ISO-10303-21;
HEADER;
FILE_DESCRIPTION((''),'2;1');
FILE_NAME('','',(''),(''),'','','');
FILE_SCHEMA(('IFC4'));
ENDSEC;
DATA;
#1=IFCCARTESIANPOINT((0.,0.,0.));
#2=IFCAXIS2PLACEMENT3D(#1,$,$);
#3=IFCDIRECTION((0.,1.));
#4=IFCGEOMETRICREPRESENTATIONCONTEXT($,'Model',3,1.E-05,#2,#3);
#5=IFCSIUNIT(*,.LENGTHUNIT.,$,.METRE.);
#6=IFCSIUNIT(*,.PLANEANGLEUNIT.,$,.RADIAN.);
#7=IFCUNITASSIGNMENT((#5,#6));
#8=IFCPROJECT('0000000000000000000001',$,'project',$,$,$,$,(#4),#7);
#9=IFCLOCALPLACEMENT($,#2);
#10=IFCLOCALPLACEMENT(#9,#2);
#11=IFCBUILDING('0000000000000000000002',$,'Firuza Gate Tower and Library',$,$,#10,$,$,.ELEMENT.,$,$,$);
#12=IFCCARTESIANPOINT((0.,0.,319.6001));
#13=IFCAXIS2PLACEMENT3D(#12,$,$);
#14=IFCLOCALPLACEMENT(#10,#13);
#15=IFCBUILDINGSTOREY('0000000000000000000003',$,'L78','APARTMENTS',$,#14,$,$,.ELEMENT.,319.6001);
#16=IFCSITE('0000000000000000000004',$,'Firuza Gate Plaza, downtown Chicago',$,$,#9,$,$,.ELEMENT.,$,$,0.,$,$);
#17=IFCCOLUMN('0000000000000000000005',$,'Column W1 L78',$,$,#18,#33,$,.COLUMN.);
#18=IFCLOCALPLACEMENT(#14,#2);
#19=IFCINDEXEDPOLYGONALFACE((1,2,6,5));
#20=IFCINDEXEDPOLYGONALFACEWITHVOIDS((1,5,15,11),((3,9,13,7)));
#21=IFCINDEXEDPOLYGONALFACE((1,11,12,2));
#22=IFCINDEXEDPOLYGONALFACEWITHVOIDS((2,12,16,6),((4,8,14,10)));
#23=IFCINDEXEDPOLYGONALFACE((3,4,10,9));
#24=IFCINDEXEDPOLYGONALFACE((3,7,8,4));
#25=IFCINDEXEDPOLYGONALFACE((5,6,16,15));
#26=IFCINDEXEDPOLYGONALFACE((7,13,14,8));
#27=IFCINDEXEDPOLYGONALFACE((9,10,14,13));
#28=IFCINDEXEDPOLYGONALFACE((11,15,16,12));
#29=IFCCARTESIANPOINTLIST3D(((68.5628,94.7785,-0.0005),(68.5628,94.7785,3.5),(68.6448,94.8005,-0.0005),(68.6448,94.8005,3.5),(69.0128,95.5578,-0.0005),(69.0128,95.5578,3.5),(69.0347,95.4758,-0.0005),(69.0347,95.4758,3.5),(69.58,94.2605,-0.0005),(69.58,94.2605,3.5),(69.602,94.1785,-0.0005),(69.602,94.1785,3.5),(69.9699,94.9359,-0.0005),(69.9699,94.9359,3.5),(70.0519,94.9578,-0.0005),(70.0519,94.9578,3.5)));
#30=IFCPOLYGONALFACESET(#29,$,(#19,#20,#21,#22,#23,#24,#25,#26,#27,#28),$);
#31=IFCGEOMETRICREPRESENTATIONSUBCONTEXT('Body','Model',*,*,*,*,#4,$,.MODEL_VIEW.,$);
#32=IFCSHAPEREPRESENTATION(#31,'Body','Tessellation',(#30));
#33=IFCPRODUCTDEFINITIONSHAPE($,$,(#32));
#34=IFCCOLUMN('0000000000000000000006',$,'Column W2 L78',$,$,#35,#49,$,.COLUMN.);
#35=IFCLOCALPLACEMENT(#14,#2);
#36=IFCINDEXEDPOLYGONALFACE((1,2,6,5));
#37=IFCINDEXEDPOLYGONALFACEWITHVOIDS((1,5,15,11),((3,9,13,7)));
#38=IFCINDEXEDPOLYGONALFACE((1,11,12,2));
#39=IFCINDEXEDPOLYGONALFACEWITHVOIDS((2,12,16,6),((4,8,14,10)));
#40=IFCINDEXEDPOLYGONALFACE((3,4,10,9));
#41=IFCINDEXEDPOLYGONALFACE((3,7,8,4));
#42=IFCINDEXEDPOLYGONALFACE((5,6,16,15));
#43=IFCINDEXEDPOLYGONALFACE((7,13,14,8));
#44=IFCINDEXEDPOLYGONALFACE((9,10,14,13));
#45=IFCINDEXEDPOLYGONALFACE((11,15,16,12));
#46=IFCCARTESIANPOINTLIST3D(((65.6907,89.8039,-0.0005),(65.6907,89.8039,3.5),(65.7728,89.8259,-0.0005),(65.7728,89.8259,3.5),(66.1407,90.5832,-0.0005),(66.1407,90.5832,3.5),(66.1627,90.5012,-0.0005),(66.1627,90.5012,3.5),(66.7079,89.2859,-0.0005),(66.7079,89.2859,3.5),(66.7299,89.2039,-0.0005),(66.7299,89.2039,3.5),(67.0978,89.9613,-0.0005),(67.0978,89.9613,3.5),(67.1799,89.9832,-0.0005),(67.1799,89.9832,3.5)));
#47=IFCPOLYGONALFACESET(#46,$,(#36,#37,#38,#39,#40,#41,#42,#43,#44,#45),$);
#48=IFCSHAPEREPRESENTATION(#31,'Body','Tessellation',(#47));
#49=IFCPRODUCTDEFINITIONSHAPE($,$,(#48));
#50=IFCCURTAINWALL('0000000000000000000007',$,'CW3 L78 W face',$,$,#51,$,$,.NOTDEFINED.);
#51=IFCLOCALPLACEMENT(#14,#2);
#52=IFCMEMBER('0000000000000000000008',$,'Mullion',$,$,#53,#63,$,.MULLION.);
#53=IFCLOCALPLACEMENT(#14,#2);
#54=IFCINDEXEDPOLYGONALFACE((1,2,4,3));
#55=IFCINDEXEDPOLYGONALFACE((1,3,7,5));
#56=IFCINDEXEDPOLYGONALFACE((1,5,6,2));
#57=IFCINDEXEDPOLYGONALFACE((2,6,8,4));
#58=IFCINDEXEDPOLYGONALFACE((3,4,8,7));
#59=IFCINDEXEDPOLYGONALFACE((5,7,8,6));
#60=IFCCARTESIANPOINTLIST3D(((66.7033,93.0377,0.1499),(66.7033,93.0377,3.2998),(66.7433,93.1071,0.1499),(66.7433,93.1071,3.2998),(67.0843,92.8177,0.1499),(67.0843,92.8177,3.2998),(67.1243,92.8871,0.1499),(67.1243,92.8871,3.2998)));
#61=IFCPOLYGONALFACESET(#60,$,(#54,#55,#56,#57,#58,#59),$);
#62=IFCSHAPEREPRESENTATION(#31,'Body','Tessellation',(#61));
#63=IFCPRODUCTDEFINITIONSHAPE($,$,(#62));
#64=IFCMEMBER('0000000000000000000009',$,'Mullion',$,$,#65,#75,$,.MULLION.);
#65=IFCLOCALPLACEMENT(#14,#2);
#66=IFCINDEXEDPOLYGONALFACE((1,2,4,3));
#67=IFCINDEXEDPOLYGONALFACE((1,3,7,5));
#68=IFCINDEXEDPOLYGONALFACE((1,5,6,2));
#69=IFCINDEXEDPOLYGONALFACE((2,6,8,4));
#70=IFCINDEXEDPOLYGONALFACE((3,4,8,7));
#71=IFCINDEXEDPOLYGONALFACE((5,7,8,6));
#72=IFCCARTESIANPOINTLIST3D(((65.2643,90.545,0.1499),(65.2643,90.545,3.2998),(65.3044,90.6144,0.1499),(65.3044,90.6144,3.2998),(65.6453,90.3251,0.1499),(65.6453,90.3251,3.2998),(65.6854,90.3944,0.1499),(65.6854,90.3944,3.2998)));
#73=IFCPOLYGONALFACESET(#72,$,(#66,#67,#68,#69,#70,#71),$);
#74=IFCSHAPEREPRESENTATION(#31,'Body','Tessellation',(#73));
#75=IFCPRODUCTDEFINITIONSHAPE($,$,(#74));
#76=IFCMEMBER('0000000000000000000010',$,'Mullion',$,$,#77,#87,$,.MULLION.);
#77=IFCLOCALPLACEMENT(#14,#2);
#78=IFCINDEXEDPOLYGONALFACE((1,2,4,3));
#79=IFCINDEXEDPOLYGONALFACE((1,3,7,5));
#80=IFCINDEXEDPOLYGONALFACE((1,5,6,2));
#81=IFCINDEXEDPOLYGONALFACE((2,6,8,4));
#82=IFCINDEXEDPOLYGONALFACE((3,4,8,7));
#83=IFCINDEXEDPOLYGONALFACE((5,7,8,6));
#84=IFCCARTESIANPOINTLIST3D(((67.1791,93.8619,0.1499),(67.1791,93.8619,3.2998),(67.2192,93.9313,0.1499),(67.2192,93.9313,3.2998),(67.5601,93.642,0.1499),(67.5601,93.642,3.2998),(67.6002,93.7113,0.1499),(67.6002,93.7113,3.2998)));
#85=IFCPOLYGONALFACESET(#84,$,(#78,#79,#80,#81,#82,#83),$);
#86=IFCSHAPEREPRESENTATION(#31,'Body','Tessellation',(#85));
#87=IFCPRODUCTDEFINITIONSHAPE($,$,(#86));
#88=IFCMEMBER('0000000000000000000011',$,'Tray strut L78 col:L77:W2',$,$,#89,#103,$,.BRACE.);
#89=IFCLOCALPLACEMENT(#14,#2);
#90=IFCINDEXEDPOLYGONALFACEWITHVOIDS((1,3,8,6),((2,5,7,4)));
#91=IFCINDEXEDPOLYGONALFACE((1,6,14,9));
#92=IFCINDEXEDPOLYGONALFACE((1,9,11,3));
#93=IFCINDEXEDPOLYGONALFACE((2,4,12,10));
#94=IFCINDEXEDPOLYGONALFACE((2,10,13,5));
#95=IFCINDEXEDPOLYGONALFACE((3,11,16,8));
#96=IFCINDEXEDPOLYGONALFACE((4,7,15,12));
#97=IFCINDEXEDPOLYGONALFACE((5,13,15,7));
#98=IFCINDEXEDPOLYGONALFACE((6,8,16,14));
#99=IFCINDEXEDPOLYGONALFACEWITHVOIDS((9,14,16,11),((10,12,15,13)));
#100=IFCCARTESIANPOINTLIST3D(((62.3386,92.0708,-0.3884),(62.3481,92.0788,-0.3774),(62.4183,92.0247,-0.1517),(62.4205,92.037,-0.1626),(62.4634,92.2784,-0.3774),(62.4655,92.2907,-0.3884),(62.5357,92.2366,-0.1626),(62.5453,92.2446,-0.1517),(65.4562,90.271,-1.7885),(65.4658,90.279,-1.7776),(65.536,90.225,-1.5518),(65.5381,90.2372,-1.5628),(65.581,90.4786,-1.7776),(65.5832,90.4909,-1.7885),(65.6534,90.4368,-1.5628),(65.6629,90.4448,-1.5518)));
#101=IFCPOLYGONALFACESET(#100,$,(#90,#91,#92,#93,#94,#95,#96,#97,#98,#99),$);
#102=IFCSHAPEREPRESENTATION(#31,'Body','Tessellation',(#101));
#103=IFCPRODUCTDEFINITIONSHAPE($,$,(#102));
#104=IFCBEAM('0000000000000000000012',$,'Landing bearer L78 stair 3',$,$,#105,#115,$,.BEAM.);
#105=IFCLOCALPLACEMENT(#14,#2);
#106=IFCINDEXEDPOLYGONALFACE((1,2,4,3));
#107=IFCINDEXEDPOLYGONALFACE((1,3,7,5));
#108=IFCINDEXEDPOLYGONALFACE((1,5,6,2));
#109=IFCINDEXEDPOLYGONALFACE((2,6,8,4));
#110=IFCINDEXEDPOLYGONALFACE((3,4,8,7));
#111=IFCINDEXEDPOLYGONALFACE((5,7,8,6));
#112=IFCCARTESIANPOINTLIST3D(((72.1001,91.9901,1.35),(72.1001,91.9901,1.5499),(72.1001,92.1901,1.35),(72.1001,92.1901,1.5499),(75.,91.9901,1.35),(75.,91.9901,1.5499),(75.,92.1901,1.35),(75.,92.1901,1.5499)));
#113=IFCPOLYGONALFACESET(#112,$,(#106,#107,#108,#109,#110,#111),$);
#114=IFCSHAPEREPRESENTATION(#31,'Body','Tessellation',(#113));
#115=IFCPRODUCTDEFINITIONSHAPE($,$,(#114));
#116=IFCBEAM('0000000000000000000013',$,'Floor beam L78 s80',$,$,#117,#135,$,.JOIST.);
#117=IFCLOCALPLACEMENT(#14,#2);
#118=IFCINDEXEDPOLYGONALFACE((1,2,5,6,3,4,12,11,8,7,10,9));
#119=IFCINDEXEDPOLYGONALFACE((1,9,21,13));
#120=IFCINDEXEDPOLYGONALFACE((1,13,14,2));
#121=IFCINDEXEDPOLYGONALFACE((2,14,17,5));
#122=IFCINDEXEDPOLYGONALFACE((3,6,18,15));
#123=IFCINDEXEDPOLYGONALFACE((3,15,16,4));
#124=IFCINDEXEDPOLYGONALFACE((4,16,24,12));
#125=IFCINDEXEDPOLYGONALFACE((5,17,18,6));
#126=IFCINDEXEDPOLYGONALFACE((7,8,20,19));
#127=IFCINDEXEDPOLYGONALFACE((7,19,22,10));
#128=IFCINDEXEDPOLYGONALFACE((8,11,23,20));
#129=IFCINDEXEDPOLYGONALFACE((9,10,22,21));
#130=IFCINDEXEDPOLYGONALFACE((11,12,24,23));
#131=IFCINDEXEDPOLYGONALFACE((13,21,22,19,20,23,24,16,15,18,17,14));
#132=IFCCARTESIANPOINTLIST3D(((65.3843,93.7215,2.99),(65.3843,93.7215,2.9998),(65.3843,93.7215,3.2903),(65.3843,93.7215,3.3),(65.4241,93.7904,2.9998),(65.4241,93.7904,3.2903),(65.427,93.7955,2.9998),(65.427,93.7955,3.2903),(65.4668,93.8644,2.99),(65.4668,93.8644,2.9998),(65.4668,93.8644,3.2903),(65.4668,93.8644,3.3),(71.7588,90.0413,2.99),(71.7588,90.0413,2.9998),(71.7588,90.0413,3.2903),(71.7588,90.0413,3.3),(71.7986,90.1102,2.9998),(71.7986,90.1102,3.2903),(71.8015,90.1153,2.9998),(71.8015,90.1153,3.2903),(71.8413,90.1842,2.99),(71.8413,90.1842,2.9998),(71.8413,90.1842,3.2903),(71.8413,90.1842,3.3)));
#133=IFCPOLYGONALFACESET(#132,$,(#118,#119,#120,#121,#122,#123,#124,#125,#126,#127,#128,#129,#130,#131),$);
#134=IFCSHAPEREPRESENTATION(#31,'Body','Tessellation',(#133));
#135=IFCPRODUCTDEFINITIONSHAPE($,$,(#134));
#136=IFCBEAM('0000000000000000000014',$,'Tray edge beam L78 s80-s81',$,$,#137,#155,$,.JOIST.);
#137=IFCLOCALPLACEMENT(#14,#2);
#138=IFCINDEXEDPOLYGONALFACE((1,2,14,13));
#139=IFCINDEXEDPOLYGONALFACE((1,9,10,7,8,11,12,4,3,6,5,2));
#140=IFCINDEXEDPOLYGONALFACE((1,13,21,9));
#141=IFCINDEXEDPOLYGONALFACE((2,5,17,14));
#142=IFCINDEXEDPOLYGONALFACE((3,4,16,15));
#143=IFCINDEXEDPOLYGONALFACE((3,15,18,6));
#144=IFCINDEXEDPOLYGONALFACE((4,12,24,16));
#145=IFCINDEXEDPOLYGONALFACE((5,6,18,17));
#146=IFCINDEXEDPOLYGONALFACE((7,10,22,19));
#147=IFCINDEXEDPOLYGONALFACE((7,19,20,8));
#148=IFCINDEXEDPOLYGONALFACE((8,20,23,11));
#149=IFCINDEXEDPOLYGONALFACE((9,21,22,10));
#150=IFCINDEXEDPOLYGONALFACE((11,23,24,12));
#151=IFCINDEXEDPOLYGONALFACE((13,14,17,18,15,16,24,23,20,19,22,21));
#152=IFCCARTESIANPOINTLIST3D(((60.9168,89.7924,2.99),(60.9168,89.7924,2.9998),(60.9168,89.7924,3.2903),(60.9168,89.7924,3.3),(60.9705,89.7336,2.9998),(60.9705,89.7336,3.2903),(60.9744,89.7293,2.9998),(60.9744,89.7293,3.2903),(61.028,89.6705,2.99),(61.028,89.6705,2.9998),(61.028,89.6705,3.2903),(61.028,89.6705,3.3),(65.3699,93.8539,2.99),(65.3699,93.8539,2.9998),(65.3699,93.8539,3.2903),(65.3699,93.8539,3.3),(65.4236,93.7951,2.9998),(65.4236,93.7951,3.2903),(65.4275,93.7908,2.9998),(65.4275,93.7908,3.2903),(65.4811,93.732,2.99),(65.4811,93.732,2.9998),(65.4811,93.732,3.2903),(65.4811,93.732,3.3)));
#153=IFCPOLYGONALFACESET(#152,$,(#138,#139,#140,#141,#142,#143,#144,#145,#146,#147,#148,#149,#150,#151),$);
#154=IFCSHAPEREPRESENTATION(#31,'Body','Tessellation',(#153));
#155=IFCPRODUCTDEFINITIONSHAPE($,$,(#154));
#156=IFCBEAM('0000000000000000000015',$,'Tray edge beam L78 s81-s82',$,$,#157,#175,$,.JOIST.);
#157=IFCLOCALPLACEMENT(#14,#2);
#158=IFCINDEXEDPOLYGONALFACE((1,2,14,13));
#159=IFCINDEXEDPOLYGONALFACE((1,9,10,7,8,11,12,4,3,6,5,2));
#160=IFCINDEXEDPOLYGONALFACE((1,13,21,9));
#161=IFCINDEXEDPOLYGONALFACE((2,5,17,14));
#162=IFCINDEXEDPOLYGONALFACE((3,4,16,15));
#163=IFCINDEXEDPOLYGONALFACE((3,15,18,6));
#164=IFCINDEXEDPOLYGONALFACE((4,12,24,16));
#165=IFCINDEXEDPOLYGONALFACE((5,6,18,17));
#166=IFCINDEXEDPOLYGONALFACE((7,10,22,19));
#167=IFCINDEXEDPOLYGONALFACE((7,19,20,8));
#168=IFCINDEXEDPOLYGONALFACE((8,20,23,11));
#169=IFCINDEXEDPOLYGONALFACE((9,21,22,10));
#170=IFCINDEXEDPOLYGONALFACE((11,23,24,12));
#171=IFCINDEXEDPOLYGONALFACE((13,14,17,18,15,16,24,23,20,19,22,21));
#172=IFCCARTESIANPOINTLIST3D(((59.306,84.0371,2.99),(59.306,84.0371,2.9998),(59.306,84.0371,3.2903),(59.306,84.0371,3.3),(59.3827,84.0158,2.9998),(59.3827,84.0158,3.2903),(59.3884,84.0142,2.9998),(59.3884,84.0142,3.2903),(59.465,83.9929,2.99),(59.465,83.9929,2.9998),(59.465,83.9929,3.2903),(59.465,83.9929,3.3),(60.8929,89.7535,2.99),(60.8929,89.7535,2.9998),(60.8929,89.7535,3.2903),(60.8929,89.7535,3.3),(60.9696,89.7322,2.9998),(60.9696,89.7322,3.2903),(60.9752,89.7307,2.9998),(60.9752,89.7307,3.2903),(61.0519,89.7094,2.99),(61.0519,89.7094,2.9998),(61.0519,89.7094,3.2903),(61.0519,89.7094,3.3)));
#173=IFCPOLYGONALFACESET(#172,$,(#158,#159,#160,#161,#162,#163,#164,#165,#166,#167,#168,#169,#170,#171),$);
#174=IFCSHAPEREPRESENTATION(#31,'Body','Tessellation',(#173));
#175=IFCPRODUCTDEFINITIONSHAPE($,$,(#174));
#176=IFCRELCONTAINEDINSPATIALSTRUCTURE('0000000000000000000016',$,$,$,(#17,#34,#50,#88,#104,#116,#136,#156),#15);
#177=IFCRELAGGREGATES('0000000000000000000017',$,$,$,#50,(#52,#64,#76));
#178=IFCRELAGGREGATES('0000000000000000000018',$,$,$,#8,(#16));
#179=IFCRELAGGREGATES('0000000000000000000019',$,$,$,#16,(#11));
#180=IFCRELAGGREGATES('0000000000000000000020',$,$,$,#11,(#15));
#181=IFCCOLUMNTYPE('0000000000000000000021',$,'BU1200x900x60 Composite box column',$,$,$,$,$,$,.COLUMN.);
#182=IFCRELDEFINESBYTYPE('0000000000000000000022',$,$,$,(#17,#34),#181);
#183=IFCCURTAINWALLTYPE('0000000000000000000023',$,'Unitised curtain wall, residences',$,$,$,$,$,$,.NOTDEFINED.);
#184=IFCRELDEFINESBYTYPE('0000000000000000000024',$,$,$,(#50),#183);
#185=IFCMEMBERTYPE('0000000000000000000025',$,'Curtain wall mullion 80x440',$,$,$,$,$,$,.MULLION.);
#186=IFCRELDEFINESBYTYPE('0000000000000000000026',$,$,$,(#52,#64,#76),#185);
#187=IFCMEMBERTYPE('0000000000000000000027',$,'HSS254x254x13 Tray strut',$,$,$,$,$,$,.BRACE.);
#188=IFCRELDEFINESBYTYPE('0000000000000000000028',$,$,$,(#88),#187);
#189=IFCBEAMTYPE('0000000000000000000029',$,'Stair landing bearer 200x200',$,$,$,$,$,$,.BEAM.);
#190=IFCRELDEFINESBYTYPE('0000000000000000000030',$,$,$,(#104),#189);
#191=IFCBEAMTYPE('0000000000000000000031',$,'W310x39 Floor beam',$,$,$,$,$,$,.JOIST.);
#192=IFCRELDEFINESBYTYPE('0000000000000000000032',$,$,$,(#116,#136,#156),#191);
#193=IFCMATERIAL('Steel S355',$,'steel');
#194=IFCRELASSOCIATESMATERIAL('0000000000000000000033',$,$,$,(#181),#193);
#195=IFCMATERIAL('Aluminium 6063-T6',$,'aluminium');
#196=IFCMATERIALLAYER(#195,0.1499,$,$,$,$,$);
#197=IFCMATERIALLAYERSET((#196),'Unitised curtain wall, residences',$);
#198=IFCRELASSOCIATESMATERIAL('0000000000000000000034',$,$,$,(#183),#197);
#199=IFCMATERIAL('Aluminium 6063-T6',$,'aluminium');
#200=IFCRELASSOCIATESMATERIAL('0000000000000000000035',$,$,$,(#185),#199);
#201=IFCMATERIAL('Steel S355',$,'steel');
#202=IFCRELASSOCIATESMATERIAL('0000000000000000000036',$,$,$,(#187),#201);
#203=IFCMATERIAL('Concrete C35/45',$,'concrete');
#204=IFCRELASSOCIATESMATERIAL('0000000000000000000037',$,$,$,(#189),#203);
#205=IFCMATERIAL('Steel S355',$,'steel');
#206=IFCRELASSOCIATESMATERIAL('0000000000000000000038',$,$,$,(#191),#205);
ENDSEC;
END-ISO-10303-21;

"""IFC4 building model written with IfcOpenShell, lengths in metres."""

from ifc_helpers import new_model, si_unit, direction, frame, origin, origin_2d, place, context, subcontext, project, spatial, rectangle, hollow_rectangle, i_section, extrude, material, layer, layer_set, material_profile, profile_set, type_object, element, aggregate, save


model = new_model("IFC4")

# Units and contexts
model_context = context("Model", 3, precision=1e-05, world=origin(), true_north=direction((0.0, 1.0)))
body_context = subcontext(model_context, "Body", "Model", "MODEL_VIEW")
ifc_project = project(units=[si_unit("LENGTHUNIT", "METRE"), si_unit("PLANEANGLEUNIT", "RADIAN")], contexts=[model_context])

# Site, building, storey
site_placement = place(None, origin())
site = spatial("IfcSite", under=ifc_project, at=site_placement, Name="Firuza Gate Plaza, downtown Chicago", CompositionType="ELEMENT", RefElevation=0.0)
building_placement = place(site_placement, origin())
building = spatial("IfcBuilding", under=site, at=building_placement, Name="Firuza Gate Tower and Library", CompositionType="ELEMENT")
storey_placement = place(building_placement, frame((0.0, 0.0, 319.6001)))
storey = spatial("IfcBuildingStorey", under=building, at=storey_placement, Name="L78", Description="APARTMENTS", CompositionType="ELEMENT", Elevation=319.6001)

# Columns
ifc_material_1 = material(Name="Steel S355", Category="steel")
ifc_material_profile_1 = material_profile(ifc_material_1, hollow_rectangle(XDim=0.8999, YDim=1.2, WallThickness=0.0601, at=origin_2d()))
ifc_profile_set_1 = profile_set([ifc_material_profile_1], Name="Steel S355")
column_type = type_object("IfcColumnType", Name="BU1200x900x60 Composite box column", PredefinedType="COLUMN", material=ifc_profile_set_1)
for number, where, z_axis, x_axis, name in (
    (1, (69.3074, 94.8682, -0.0005), (0.0, 0.0, 1.0), (-0.5, -0.866025, 0.0), "Column W1 L78"),
    (2, (66.4353, 89.8936, -0.0005), (0.0, 0.0, 1.0), (-0.5, -0.866025, 0.0), "Column W2 L78"),
):
    element("IfcColumn", number, at=place(storey_placement, frame(where, z_axis=z_axis, x_axis=x_axis)), inside=storey, type_object=column_type, Name=name, PredefinedType="COLUMN", context=body_context, shape_type="SweptSolid", body=[
        extrude(hollow_rectangle(XDim=0.8999, YDim=1.2, WallThickness=0.0601, at=origin_2d()), origin(), (0.0, 0.0, 1.0), 3.5005),
    ])

# Curtain wall, members
ifc_material_2 = material(Name="Aluminium 6063-T6", Category="aluminium")
ifc_layer_1 = layer(ifc_material_2, 0.1499)
ifc_layer_set_1 = layer_set([ifc_layer_1], Name="Unitised curtain wall, residences")
curtain_wall_type = type_object("IfcCurtainWallType", Name="Unitised curtain wall, residences", PredefinedType="NOTDEFINED", material=ifc_layer_set_1)
placement = place(storey_placement, origin())
curtain_wall = element("IfcCurtainWall", 3, at=placement, inside=storey, type_object=curtain_wall_type, Name="CW3 L78 W face", PredefinedType="NOTDEFINED")
ifc_material_3 = material(Name="Aluminium 6063-T6", Category="aluminium")
ifc_material_profile_2 = material_profile(ifc_material_3, rectangle(XDim=0.4399, YDim=0.0801, at=origin_2d()))
ifc_profile_set_2 = profile_set([ifc_material_profile_2], Name="Aluminium 6063-T6")
member_type_1 = type_object("IfcMemberType", Name="Curtain wall mullion 80x440", PredefinedType="MULLION", material=ifc_profile_set_2)
member_1_placement = place(storey_placement, frame((66.9138, 92.9624, 0.1499), z_axis=(0.0, 0.0, 1.0), x_axis=(0.866025, -0.5, 0.0)))
member_1 = element("IfcMember", 4, at=member_1_placement, type_object=member_type_1, Name="Mullion", PredefinedType="MULLION", context=body_context, shape_type="SweptSolid", body=[
    extrude(rectangle(XDim=0.4399, YDim=0.0801, at=origin_2d()), origin(), (0.0, 0.0, 1.0), 3.1499),
])
member_2_placement = place(storey_placement, frame((65.4749, 90.4697, 0.1499), z_axis=(0.0, 0.0, 1.0), x_axis=(0.866025, -0.5, 0.0)))
member_2 = element("IfcMember", 5, at=member_2_placement, type_object=member_type_1, Name="Mullion", PredefinedType="MULLION", context=body_context, shape_type="SweptSolid", body=[
    extrude(rectangle(XDim=0.4399, YDim=0.0801, at=origin_2d()), origin(), (0.0, 0.0, 1.0), 3.1499),
])
member_3_placement = place(storey_placement, frame((67.3896, 93.7866, 0.1499), z_axis=(0.0, 0.0, 1.0), x_axis=(0.866025, -0.5, 0.0)))
member_3 = element("IfcMember", 6, at=member_3_placement, type_object=member_type_1, Name="Mullion", PredefinedType="MULLION", context=body_context, shape_type="SweptSolid", body=[
    extrude(rectangle(XDim=0.4399, YDim=0.0801, at=origin_2d()), origin(), (0.0, 0.0, 1.0), 3.1499),
])

# Member
ifc_material_4 = material(Name="Steel S355", Category="steel")
ifc_material_profile_3 = material_profile(ifc_material_4, hollow_rectangle(XDim=0.2539, YDim=0.2539, WallThickness=0.0117, at=origin_2d()))
ifc_profile_set_3 = profile_set([ifc_material_profile_3], Name="Steel S355")
member_type_2 = type_object("IfcMemberType", Name="HSS254x254x13 Tray strut", PredefinedType="BRACE", material=ifc_profile_set_3)
member_4_placement = place(storey_placement, frame((65.5596, 90.3579, -1.6702), z_axis=(-0.807146, 0.465958, 0.362489), x_axis=(-0.499961, -0.866048, 0.0)))
element("IfcMember", 7, at=member_4_placement, inside=storey, type_object=member_type_2, Name="Tray strut L78 col:L77:W2", PredefinedType="BRACE", context=body_context, shape_type="SweptSolid", body=[
    extrude(hollow_rectangle(XDim=0.2539, YDim=0.2539, WallThickness=0.0117, at=origin_2d()), origin(), (0.0, 0.0, 1.0), 3.8625),
])

# Beams
ifc_material_5 = material(Name="Concrete C35/45", Category="concrete")
ifc_material_profile_4 = material_profile(ifc_material_5, rectangle(XDim=0.2, YDim=0.2, at=origin_2d()))
ifc_profile_set_4 = profile_set([ifc_material_profile_4], Name="Concrete C35/45")
beam_type_1 = type_object("IfcBeamType", Name="Stair landing bearer 200x200", PredefinedType="BEAM", material=ifc_profile_set_4)
beam_1_placement = place(storey_placement, frame((75.0, 92.0901, 1.45), z_axis=(-1.0, 0.0, 0.0), x_axis=(0.0, -1.0, 0.0)))
element("IfcBeam", 8, at=beam_1_placement, inside=storey, type_object=beam_type_1, Name="Landing bearer L78 stair 3", PredefinedType="BEAM", context=body_context, shape_type="SweptSolid", body=[
    extrude(rectangle(XDim=0.2, YDim=0.2, at=origin_2d()), origin(), (0.0, 0.0, 1.0), 2.8999),
])
ifc_material_6 = material(Name="Steel S355", Category="steel")
ifc_material_profile_5 = material_profile(ifc_material_6, i_section(OverallWidth=0.165, OverallDepth=0.3101, WebThickness=0.0059, FlangeThickness=0.0098, at=origin_2d()))
ifc_profile_set_5 = profile_set([ifc_material_profile_5], Name="Steel S355")
beam_type_2 = type_object("IfcBeamType", Name="W310x39 Floor beam", PredefinedType="JOIST", material=ifc_profile_set_5)
beam_2_placement = place(storey_placement, frame((65.4255, 93.793, 3.145), z_axis=(0.866034, -0.499985, 0.0), x_axis=(0.499985, 0.866034, 0.0)))
element("IfcBeam", 9, at=beam_2_placement, inside=storey, type_object=beam_type_2, Name="Floor beam L78 s80", PredefinedType="JOIST", context=body_context, shape_type="SweptSolid", body=[
    extrude(i_section(OverallWidth=0.165, OverallDepth=0.3101, WebThickness=0.0059, FlangeThickness=0.0098, at=origin_2d()), origin(), (0.0, 0.0, 1.0), 7.3606),
])
beam_3_placement = place(storey_placement, frame((65.4255, 93.793, 3.145), z_axis=(-0.738847, -0.673874, 0.0), x_axis=(0.673874, -0.738847, 0.0)))
element("IfcBeam", 10, at=beam_3_placement, inside=storey, type_object=beam_type_2, Name="Tray edge beam L78 s80-s81", PredefinedType="JOIST", context=body_context, shape_type="SweptSolid", body=[
    extrude(i_section(OverallWidth=0.165, OverallDepth=0.3101, WebThickness=0.0059, FlangeThickness=0.0098, at=origin_2d()), origin(), (0.0, 0.0, 1.0), 6.0271),
])
beam_4_placement = place(storey_placement, frame((60.9724, 89.7314, 3.145), z_axis=(-0.267485, -0.963562, 0.0), x_axis=(0.963562, -0.267485, 0.0)))
element("IfcBeam", 11, at=beam_4_placement, inside=storey, type_object=beam_type_2, Name="Tray edge beam L78 s81-s82", PredefinedType="JOIST", context=body_context, shape_type="SweptSolid", body=[
    extrude(i_section(OverallWidth=0.165, OverallDepth=0.3101, WebThickness=0.0059, FlangeThickness=0.0098, at=origin_2d()), origin(), (0.0, 0.0, 1.0), 5.9326),
])

aggregate(curtain_wall, [member_1, member_2, member_3])

save(model, "model.ifc")
